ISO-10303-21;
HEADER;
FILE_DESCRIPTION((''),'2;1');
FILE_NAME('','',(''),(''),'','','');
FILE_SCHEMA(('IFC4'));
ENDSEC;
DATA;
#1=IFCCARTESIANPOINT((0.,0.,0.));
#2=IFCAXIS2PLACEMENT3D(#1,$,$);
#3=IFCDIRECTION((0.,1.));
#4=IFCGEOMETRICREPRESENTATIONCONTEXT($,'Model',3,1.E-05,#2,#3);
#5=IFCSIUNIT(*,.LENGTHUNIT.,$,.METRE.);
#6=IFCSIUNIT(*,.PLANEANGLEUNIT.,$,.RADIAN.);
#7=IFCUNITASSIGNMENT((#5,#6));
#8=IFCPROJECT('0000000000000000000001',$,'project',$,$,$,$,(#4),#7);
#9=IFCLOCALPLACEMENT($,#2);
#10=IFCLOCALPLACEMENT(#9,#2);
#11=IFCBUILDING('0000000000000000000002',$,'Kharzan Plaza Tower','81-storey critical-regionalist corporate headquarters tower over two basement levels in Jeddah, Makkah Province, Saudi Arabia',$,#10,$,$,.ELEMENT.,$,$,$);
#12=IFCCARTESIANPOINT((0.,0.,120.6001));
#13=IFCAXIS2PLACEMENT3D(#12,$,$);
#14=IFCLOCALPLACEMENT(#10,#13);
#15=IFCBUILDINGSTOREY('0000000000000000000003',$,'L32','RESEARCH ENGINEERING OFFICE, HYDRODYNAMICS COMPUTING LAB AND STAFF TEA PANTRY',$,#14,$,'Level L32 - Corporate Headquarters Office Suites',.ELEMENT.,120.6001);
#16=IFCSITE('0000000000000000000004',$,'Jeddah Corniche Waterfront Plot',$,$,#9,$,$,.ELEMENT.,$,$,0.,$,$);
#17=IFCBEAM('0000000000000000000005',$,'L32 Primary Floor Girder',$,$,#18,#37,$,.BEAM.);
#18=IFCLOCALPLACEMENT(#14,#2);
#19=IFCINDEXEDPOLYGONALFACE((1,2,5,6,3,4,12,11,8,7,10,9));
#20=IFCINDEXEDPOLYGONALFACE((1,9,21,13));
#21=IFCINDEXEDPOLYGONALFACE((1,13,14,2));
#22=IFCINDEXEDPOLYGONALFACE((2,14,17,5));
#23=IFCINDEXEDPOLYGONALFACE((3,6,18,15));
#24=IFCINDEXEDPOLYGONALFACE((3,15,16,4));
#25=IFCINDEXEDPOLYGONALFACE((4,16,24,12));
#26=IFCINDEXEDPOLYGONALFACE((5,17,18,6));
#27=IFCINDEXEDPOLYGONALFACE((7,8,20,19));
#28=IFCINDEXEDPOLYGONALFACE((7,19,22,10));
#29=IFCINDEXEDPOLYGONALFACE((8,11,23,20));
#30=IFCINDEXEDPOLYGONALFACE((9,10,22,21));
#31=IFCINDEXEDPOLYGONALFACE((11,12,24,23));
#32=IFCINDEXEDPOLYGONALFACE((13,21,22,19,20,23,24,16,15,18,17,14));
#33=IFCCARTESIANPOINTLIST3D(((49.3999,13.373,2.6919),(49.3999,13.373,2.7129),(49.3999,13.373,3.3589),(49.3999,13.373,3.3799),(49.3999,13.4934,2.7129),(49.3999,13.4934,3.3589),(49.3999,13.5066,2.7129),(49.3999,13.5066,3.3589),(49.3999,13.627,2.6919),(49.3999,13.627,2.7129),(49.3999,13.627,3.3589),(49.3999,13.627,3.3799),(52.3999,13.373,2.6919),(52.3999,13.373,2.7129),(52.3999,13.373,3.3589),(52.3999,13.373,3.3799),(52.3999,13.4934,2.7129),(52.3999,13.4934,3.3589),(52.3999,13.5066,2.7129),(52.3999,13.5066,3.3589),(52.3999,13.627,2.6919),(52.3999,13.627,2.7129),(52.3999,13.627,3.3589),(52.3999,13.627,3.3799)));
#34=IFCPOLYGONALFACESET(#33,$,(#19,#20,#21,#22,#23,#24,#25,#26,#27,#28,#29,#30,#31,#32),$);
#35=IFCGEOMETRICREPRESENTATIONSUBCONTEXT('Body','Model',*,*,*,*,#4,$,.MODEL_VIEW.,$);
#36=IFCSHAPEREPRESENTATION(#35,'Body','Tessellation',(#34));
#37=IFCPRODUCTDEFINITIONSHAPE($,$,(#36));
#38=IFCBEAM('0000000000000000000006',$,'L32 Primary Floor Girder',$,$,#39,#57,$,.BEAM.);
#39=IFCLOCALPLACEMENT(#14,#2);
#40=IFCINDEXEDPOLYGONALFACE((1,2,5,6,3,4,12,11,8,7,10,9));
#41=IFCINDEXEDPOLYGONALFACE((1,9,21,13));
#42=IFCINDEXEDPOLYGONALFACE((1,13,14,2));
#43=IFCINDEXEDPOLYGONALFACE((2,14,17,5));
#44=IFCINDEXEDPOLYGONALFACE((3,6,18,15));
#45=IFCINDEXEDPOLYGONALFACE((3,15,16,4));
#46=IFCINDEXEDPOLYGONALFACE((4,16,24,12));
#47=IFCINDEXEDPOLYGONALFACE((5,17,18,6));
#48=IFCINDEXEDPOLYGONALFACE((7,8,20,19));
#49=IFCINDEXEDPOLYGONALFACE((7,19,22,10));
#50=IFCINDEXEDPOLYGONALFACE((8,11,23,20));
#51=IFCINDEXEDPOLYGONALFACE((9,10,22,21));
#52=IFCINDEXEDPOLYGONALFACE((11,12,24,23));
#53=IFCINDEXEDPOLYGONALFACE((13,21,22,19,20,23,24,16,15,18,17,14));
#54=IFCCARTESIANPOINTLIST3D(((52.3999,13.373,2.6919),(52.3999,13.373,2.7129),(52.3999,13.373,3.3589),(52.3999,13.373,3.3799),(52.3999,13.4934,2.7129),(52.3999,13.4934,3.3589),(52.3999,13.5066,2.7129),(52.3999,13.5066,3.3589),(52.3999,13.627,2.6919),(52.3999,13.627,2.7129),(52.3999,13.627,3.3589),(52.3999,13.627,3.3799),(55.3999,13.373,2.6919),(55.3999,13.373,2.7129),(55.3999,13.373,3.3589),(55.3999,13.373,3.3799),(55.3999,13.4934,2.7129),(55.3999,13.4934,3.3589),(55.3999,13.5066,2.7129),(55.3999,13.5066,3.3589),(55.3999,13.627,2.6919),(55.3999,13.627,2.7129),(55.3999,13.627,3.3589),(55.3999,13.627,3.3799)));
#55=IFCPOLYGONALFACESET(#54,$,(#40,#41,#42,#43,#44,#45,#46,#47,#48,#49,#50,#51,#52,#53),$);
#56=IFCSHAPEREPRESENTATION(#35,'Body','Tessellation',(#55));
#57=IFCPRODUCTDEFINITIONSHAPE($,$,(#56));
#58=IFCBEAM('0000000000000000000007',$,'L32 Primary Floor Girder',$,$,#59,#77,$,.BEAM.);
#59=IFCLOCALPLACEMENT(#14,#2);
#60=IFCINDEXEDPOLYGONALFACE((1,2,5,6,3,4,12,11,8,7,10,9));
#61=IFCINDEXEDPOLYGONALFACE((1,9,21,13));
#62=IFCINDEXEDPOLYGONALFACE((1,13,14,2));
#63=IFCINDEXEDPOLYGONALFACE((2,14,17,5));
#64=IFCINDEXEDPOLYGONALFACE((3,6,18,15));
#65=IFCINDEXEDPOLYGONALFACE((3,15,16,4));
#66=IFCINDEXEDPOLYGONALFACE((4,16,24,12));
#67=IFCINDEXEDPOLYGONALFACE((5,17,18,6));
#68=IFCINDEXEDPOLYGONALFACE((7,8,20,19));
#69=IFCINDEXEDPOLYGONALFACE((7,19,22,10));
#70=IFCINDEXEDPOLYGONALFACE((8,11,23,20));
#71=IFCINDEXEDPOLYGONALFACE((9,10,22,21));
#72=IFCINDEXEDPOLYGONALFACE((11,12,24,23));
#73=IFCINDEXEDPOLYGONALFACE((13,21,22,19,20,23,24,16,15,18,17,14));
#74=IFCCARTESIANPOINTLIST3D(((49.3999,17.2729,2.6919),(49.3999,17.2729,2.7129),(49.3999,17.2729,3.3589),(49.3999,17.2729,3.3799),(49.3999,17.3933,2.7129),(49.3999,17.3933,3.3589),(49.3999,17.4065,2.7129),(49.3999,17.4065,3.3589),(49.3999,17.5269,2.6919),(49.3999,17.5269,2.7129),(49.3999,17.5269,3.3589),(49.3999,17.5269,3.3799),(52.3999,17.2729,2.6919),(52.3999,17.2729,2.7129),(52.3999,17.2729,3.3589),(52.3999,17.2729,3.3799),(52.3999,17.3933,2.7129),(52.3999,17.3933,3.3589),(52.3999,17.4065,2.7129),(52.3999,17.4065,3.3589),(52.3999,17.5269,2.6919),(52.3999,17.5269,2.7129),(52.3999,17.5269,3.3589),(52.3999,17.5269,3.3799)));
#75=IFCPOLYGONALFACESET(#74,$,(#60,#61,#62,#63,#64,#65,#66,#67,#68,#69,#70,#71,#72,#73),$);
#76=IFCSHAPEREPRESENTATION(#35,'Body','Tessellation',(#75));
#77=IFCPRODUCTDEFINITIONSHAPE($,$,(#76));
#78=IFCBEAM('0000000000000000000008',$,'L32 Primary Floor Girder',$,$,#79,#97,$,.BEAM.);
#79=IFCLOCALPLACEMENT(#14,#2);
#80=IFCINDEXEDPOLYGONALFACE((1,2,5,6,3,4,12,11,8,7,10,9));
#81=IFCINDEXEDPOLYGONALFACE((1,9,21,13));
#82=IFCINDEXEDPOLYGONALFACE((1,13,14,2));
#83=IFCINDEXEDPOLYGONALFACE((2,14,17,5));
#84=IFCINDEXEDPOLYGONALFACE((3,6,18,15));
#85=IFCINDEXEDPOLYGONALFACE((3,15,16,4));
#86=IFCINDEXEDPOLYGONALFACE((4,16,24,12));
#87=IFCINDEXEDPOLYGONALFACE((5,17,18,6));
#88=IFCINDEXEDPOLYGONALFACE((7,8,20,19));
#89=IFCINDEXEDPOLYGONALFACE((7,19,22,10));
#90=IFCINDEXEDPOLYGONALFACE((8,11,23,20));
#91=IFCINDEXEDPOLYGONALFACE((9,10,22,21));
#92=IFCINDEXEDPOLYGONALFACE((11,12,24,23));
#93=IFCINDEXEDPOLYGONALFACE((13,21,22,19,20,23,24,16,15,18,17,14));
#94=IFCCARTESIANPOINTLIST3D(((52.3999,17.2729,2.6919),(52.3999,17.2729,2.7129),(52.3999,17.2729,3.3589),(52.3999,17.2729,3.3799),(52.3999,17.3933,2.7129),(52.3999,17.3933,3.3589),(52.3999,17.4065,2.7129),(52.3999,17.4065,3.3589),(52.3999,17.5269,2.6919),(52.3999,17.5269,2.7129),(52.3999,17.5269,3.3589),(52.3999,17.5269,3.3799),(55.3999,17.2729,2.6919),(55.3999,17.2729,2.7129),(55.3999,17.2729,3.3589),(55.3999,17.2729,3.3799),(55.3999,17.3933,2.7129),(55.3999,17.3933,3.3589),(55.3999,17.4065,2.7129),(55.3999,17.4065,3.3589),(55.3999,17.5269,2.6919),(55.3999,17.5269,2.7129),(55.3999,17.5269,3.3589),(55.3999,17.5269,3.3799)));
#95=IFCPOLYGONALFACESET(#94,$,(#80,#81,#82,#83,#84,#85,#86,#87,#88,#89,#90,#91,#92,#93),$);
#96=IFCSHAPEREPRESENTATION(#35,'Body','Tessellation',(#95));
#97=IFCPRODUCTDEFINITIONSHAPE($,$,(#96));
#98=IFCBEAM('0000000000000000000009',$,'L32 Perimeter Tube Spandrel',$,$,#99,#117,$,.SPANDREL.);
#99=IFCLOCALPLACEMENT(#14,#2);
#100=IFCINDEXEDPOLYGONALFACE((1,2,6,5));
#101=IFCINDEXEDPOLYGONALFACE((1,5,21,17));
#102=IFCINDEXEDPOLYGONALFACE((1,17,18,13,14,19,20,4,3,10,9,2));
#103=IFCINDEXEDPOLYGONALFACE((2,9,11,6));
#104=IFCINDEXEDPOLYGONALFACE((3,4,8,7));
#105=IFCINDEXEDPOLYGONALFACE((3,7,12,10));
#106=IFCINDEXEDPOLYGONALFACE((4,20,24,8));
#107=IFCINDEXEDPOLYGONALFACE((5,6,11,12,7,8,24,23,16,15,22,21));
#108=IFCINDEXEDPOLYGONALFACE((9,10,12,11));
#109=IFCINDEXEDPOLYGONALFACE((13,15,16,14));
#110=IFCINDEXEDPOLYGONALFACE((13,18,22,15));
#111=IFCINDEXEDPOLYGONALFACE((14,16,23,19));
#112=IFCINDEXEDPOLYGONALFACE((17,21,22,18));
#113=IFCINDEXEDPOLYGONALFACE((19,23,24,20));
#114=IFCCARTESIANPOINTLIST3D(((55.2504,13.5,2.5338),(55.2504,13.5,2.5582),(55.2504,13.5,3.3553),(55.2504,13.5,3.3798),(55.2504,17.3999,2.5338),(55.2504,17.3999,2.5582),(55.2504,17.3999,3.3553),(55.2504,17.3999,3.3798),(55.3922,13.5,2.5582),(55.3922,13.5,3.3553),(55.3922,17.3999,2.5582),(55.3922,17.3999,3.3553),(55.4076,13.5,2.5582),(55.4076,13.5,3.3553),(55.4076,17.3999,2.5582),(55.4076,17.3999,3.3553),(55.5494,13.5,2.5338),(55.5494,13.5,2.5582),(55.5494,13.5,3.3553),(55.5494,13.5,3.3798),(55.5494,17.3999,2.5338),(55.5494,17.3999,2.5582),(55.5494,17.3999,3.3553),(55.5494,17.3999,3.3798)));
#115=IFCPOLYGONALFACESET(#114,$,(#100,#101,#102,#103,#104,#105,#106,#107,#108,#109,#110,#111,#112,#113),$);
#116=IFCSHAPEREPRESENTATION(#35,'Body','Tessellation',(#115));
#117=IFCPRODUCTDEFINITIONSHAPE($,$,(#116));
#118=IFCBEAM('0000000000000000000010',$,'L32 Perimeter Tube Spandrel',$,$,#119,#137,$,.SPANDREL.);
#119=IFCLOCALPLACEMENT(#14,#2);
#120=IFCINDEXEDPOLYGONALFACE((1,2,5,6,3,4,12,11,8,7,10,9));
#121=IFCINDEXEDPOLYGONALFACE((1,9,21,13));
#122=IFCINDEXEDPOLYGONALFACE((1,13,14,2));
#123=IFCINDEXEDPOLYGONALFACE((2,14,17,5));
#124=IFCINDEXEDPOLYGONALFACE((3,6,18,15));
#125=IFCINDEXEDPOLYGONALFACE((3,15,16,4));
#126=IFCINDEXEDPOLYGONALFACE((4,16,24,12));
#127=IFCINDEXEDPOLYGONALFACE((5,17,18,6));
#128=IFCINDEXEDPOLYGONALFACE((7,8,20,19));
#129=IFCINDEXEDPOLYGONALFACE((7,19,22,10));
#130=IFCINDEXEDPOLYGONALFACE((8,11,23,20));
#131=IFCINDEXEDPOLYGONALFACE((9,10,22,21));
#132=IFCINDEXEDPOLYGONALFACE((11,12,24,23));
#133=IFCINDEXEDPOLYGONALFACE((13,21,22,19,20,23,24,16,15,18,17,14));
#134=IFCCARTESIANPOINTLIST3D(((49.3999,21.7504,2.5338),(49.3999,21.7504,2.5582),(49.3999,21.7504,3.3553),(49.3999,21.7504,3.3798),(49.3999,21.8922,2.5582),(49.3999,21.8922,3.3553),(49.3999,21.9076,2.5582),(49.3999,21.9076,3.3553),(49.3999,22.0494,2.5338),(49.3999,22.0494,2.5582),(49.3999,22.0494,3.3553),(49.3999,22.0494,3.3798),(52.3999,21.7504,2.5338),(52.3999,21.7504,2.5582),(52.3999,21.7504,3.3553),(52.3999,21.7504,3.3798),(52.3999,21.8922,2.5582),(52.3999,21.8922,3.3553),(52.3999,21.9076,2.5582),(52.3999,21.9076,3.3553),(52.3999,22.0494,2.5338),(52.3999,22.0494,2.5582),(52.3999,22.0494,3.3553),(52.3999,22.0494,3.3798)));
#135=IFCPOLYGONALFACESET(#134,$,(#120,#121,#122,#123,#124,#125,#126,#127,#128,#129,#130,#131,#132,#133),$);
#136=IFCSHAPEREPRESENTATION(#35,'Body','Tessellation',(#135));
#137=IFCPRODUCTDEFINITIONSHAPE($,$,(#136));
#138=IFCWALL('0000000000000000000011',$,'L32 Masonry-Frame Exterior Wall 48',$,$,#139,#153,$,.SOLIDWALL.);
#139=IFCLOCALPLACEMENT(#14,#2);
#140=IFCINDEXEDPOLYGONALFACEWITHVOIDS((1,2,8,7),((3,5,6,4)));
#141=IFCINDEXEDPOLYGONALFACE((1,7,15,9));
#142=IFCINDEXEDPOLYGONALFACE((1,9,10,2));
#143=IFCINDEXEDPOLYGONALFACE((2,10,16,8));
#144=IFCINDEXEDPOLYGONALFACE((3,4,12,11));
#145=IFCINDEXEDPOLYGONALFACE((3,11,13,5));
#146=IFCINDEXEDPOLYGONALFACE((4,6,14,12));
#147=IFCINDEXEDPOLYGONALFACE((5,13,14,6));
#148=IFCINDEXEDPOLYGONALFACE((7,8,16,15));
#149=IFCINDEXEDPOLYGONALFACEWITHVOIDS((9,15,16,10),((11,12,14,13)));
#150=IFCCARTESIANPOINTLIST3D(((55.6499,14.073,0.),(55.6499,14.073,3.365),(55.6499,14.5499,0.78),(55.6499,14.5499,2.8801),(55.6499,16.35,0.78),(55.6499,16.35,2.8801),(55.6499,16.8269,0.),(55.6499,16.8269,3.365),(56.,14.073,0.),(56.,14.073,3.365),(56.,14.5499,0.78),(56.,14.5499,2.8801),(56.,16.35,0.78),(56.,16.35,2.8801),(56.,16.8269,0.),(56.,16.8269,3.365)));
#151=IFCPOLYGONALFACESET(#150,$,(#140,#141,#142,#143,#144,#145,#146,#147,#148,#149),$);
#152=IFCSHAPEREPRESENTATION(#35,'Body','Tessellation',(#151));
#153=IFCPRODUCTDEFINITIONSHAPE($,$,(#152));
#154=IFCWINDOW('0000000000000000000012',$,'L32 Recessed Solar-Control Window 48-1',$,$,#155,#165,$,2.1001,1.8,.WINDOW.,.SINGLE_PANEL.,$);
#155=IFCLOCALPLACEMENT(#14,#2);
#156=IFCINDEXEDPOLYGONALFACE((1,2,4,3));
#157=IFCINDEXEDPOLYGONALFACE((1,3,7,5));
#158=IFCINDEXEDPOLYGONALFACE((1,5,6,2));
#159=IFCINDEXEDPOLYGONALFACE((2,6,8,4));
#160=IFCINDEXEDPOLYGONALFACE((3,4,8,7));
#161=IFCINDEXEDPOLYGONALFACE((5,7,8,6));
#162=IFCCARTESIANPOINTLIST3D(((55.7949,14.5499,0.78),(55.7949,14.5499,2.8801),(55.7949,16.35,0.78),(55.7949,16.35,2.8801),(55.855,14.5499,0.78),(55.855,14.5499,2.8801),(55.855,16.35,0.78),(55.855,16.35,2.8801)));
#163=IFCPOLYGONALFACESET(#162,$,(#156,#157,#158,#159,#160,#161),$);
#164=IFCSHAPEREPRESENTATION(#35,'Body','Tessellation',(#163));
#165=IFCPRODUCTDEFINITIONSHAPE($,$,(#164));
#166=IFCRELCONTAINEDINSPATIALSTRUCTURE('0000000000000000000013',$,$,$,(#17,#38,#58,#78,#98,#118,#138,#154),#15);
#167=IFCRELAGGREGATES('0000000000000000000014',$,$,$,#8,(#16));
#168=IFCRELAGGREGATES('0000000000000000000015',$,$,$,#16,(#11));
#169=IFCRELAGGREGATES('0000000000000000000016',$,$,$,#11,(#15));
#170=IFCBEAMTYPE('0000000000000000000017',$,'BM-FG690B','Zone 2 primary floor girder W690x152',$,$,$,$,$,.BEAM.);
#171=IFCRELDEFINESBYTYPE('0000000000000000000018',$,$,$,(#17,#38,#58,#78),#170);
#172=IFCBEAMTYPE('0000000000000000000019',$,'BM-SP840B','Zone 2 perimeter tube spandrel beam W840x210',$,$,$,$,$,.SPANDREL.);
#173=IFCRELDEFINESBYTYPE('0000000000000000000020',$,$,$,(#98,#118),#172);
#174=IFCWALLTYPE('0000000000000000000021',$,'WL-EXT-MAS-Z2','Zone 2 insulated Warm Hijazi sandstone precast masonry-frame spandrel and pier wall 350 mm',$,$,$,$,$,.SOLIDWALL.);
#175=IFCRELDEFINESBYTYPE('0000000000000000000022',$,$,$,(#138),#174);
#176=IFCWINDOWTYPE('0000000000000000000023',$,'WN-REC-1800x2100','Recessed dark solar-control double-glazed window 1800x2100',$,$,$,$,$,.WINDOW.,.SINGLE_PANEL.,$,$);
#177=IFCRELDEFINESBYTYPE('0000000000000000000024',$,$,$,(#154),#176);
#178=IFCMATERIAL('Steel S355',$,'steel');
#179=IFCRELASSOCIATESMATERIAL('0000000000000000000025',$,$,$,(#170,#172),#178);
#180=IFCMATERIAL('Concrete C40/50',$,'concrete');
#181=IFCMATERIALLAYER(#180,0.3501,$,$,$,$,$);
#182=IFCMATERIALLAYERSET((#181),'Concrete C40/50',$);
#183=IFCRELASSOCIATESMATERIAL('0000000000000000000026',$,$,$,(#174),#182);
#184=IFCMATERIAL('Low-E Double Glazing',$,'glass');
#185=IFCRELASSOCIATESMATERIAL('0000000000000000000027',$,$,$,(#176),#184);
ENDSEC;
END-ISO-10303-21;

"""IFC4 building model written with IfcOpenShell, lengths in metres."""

from ifc_helpers import new_model, si_unit, direction, frame, frame_2d, origin, origin_2d, place, context, subcontext, project, spatial, rectangle, i_section, extrude, source, transform, mapped, material, layer, layer_set, material_profile, profile_set, type_object, element, fill, save


model = new_model("IFC4")

# Units and contexts
model_context = context("Model", 3, precision=1e-05, world=origin(), true_north=direction((0.0, 1.0)))
body_context = subcontext(model_context, "Body", "Model", "MODEL_VIEW")
ifc_project = project(units=[si_unit("LENGTHUNIT", "METRE"), si_unit("PLANEANGLEUNIT", "RADIAN")], contexts=[model_context])

# Site, building, storey
site_placement = place(None, origin())
site = spatial("IfcSite", under=ifc_project, at=site_placement, Name="Jeddah Corniche Waterfront Plot", CompositionType="ELEMENT", RefElevation=0.0)
building_placement = place(site_placement, origin())
building = spatial("IfcBuilding", under=site, at=building_placement, Name="Kharzan Plaza Tower", Description="81-storey critical-regionalist corporate headquarters tower over two basement levels in Jeddah, Makkah Province, Saudi Arabia", CompositionType="ELEMENT")
storey_placement = place(building_placement, frame((0.0, 0.0, 120.6001)))
storey = spatial("IfcBuildingStorey", under=building, at=storey_placement, Name="L32", Description="RESEARCH ENGINEERING OFFICE, HYDRODYNAMICS COMPUTING LAB AND STAFF TEA PANTRY", LongName="Level L32 - Corporate Headquarters Office Suites", CompositionType="ELEMENT", Elevation=120.6001)

# Beams
ifc_material_1 = material(Name="Steel S355", Category="steel")
ifc_material_profile_1 = material_profile(ifc_material_1, i_section(OverallWidth=0.2539, OverallDepth=0.688, WebThickness=0.0132, FlangeThickness=0.021, at=origin_2d()), Name="W690x152")
ifc_profile_set_1 = profile_set([ifc_material_profile_1], Name="Steel S355")
beam_type_1 = type_object("IfcBeamType", Name="BM-FG690B", Description="Zone 2 primary floor girder W690x152", PredefinedType="BEAM", material=ifc_profile_set_1)
shared_shape_1 = source(origin(), body_context, "Body", "SweptSolid", [
    extrude(i_section(OverallWidth=0.2539, OverallDepth=0.688, WebThickness=0.0132, FlangeThickness=0.021, at=origin_2d()), origin(), (0.0, 0.0, 1.0), 3.0),
])
for number, where, z_axis, x_axis, name in (
    (1, (49.3999, 13.5, 3.0359), (1.0, 0.0, 0.0), (0.0, 1.0, 0.0), "L32 Primary Floor Girder"),
    (2, (52.3999, 13.5, 3.0359), (1.0, 0.0, 0.0), (0.0, 1.0, 0.0), "L32 Primary Floor Girder"),
    (3, (49.3999, 17.3999, 3.0359), (1.0, 0.0, 0.0), (0.0, 1.0, 0.0), "L32 Primary Floor Girder"),
    (4, (52.3999, 17.3999, 3.0359), (1.0, 0.0, 0.0), (0.0, 1.0, 0.0), "L32 Primary Floor Girder"),
):
    element("IfcBeam", number, at=place(storey_placement, frame(where, z_axis=z_axis, x_axis=x_axis)), inside=storey, type_object=beam_type_1, Name=name, PredefinedType="BEAM", context=body_context, shape_type="MappedRepresentation", body=[
        mapped(shared_shape_1, transform((0.0, 0.0, 0.0), x_axis=(1.0, 0.0, 0.0), y_axis=(0.0, 1.0, 0.0), z_axis=(0.0, 0.0, 1.0))),
    ])
ifc_material_profile_2 = material_profile(ifc_material_1, i_section(OverallWidth=0.2991, OverallDepth=0.8459, WebThickness=0.0154, FlangeThickness=0.0244, at=origin_2d()), Name="W840x210")
ifc_profile_set_2 = profile_set([ifc_material_profile_2], Name="Steel S355")
beam_type_2 = type_object("IfcBeamType", Name="BM-SP840B", Description="Zone 2 perimeter tube spandrel beam W840x210", PredefinedType="SPANDREL", material=ifc_profile_set_2)
shared_shape_2 = source(origin(), body_context, "Body", "SweptSolid", [
    extrude(i_section(OverallWidth=0.2991, OverallDepth=0.8459, WebThickness=0.0154, FlangeThickness=0.0244, at=origin_2d()), origin(), (0.0, 0.0, 1.0), 3.8999),
])
beam_1_placement = place(storey_placement, frame((55.3999, 13.5, 2.9568), z_axis=(0.0, 1.0, 0.0), x_axis=(-1.0, 0.0, 0.0)))
element("IfcBeam", 5, at=beam_1_placement, inside=storey, type_object=beam_type_2, Name="L32 Perimeter Tube Spandrel", PredefinedType="SPANDREL", context=body_context, shape_type="MappedRepresentation", body=[
    mapped(shared_shape_2, transform((0.0, 0.0, 0.0), x_axis=(1.0, 0.0, 0.0), y_axis=(0.0, 1.0, 0.0), z_axis=(0.0, 0.0, 1.0))),
])
shared_shape_3 = source(origin(), body_context, "Body", "SweptSolid", [
    extrude(i_section(OverallWidth=0.2991, OverallDepth=0.8459, WebThickness=0.0154, FlangeThickness=0.0244, at=origin_2d()), origin(), (0.0, 0.0, 1.0), 3.0),
])
beam_2_placement = place(storey_placement, frame((49.3999, 21.8999, 2.9568), z_axis=(1.0, 0.0, 0.0), x_axis=(0.0, 1.0, 0.0)))
element("IfcBeam", 6, at=beam_2_placement, inside=storey, type_object=beam_type_2, Name="L32 Perimeter Tube Spandrel", PredefinedType="SPANDREL", context=body_context, shape_type="MappedRepresentation", body=[
    mapped(shared_shape_3, transform((0.0, 0.0, 0.0), x_axis=(1.0, 0.0, 0.0), y_axis=(0.0, 1.0, 0.0), z_axis=(0.0, 0.0, 1.0))),
])

# Wall, opening, window
ifc_material_2 = material(Name="Concrete C40/50", Category="concrete")
ifc_layer_1 = layer(ifc_material_2, 0.3501)
ifc_layer_set_1 = layer_set([ifc_layer_1], Name="Concrete C40/50")
wall_type_1 = type_object("IfcWallType", Name="WL-EXT-MAS-Z2", Description="Zone 2 insulated Warm Hijazi sandstone precast masonry-frame spandrel and pier wall 350 mm", PredefinedType="SOLIDWALL", material=ifc_layer_set_1)
wall_1_placement = place(storey_placement, frame((55.825, 14.073, 0.0), z_axis=(0.0, 0.0, 1.0), x_axis=(0.0, 1.0, 0.0)))
wall_1 = element("IfcWall", 7, at=wall_1_placement, inside=storey, type_object=wall_type_1, Name="L32 Masonry-Frame Exterior Wall 48", PredefinedType="SOLIDWALL", context=body_context, shape_type="SweptSolid", body=[
    extrude(rectangle(XDim=2.7539, YDim=0.3501, at=frame_2d((1.377, 0.0))), origin(), (0.0, 0.0, 1.0), 3.365),
])
opening_1_placement = place(wall_1_placement, frame((0.4771, 0.0, 0.78)))
opening_1 = element("IfcOpeningElement", 8, at=opening_1_placement, cuts=wall_1, PredefinedType="OPENING", context=body_context, shape_type="SweptSolid", body=[
    extrude(rectangle(XDim=1.8, YDim=2.1001, at=frame_2d((0.8999, 1.05))), frame((0.0, 0.1851, 0.0), z_axis=(0.0, -1.0, 0.0), x_axis=(1.0, 0.0, 0.0)), (0.0, 0.0, 1.0), 0.3701),
])
ifc_material_3 = material(Name="Low-E Double Glazing", Category="glass")
window_type_1 = type_object("IfcWindowType", Name="WN-REC-1800x2100", Description="Recessed dark solar-control double-glazed window 1800x2100", PartitioningType="SINGLE_PANEL", PredefinedType="WINDOW", material=ifc_material_3)
shared_shape_4 = source(origin(), body_context, "Body", "SweptSolid", [
    extrude(rectangle(XDim=1.8, YDim=2.1001, at=frame_2d((0.8999, 1.05))), frame((0.0, 0.03, 0.0), z_axis=(0.0, -1.0, 0.0), x_axis=(1.0, 0.0, 0.0)), (0.0, 0.0, 1.0), 0.0601),
])
window_1_placement = place(opening_1_placement, origin())
window_1 = element("IfcWindow", 9, at=window_1_placement, inside=storey, type_object=window_type_1, Name="L32 Recessed Solar-Control Window 48-1", OverallHeight=2.1001, OverallWidth=1.8, PartitioningType="SINGLE_PANEL", PredefinedType="WINDOW", context=body_context, shape_type="MappedRepresentation", body=[
    mapped(shared_shape_4, transform((0.0, 0.0, 0.0), x_axis=(1.0, 0.0, 0.0), y_axis=(0.0, 1.0, 0.0), z_axis=(0.0, 0.0, 1.0))),
])
fill(opening_1, window_1)

save(model, "model.ifc")
